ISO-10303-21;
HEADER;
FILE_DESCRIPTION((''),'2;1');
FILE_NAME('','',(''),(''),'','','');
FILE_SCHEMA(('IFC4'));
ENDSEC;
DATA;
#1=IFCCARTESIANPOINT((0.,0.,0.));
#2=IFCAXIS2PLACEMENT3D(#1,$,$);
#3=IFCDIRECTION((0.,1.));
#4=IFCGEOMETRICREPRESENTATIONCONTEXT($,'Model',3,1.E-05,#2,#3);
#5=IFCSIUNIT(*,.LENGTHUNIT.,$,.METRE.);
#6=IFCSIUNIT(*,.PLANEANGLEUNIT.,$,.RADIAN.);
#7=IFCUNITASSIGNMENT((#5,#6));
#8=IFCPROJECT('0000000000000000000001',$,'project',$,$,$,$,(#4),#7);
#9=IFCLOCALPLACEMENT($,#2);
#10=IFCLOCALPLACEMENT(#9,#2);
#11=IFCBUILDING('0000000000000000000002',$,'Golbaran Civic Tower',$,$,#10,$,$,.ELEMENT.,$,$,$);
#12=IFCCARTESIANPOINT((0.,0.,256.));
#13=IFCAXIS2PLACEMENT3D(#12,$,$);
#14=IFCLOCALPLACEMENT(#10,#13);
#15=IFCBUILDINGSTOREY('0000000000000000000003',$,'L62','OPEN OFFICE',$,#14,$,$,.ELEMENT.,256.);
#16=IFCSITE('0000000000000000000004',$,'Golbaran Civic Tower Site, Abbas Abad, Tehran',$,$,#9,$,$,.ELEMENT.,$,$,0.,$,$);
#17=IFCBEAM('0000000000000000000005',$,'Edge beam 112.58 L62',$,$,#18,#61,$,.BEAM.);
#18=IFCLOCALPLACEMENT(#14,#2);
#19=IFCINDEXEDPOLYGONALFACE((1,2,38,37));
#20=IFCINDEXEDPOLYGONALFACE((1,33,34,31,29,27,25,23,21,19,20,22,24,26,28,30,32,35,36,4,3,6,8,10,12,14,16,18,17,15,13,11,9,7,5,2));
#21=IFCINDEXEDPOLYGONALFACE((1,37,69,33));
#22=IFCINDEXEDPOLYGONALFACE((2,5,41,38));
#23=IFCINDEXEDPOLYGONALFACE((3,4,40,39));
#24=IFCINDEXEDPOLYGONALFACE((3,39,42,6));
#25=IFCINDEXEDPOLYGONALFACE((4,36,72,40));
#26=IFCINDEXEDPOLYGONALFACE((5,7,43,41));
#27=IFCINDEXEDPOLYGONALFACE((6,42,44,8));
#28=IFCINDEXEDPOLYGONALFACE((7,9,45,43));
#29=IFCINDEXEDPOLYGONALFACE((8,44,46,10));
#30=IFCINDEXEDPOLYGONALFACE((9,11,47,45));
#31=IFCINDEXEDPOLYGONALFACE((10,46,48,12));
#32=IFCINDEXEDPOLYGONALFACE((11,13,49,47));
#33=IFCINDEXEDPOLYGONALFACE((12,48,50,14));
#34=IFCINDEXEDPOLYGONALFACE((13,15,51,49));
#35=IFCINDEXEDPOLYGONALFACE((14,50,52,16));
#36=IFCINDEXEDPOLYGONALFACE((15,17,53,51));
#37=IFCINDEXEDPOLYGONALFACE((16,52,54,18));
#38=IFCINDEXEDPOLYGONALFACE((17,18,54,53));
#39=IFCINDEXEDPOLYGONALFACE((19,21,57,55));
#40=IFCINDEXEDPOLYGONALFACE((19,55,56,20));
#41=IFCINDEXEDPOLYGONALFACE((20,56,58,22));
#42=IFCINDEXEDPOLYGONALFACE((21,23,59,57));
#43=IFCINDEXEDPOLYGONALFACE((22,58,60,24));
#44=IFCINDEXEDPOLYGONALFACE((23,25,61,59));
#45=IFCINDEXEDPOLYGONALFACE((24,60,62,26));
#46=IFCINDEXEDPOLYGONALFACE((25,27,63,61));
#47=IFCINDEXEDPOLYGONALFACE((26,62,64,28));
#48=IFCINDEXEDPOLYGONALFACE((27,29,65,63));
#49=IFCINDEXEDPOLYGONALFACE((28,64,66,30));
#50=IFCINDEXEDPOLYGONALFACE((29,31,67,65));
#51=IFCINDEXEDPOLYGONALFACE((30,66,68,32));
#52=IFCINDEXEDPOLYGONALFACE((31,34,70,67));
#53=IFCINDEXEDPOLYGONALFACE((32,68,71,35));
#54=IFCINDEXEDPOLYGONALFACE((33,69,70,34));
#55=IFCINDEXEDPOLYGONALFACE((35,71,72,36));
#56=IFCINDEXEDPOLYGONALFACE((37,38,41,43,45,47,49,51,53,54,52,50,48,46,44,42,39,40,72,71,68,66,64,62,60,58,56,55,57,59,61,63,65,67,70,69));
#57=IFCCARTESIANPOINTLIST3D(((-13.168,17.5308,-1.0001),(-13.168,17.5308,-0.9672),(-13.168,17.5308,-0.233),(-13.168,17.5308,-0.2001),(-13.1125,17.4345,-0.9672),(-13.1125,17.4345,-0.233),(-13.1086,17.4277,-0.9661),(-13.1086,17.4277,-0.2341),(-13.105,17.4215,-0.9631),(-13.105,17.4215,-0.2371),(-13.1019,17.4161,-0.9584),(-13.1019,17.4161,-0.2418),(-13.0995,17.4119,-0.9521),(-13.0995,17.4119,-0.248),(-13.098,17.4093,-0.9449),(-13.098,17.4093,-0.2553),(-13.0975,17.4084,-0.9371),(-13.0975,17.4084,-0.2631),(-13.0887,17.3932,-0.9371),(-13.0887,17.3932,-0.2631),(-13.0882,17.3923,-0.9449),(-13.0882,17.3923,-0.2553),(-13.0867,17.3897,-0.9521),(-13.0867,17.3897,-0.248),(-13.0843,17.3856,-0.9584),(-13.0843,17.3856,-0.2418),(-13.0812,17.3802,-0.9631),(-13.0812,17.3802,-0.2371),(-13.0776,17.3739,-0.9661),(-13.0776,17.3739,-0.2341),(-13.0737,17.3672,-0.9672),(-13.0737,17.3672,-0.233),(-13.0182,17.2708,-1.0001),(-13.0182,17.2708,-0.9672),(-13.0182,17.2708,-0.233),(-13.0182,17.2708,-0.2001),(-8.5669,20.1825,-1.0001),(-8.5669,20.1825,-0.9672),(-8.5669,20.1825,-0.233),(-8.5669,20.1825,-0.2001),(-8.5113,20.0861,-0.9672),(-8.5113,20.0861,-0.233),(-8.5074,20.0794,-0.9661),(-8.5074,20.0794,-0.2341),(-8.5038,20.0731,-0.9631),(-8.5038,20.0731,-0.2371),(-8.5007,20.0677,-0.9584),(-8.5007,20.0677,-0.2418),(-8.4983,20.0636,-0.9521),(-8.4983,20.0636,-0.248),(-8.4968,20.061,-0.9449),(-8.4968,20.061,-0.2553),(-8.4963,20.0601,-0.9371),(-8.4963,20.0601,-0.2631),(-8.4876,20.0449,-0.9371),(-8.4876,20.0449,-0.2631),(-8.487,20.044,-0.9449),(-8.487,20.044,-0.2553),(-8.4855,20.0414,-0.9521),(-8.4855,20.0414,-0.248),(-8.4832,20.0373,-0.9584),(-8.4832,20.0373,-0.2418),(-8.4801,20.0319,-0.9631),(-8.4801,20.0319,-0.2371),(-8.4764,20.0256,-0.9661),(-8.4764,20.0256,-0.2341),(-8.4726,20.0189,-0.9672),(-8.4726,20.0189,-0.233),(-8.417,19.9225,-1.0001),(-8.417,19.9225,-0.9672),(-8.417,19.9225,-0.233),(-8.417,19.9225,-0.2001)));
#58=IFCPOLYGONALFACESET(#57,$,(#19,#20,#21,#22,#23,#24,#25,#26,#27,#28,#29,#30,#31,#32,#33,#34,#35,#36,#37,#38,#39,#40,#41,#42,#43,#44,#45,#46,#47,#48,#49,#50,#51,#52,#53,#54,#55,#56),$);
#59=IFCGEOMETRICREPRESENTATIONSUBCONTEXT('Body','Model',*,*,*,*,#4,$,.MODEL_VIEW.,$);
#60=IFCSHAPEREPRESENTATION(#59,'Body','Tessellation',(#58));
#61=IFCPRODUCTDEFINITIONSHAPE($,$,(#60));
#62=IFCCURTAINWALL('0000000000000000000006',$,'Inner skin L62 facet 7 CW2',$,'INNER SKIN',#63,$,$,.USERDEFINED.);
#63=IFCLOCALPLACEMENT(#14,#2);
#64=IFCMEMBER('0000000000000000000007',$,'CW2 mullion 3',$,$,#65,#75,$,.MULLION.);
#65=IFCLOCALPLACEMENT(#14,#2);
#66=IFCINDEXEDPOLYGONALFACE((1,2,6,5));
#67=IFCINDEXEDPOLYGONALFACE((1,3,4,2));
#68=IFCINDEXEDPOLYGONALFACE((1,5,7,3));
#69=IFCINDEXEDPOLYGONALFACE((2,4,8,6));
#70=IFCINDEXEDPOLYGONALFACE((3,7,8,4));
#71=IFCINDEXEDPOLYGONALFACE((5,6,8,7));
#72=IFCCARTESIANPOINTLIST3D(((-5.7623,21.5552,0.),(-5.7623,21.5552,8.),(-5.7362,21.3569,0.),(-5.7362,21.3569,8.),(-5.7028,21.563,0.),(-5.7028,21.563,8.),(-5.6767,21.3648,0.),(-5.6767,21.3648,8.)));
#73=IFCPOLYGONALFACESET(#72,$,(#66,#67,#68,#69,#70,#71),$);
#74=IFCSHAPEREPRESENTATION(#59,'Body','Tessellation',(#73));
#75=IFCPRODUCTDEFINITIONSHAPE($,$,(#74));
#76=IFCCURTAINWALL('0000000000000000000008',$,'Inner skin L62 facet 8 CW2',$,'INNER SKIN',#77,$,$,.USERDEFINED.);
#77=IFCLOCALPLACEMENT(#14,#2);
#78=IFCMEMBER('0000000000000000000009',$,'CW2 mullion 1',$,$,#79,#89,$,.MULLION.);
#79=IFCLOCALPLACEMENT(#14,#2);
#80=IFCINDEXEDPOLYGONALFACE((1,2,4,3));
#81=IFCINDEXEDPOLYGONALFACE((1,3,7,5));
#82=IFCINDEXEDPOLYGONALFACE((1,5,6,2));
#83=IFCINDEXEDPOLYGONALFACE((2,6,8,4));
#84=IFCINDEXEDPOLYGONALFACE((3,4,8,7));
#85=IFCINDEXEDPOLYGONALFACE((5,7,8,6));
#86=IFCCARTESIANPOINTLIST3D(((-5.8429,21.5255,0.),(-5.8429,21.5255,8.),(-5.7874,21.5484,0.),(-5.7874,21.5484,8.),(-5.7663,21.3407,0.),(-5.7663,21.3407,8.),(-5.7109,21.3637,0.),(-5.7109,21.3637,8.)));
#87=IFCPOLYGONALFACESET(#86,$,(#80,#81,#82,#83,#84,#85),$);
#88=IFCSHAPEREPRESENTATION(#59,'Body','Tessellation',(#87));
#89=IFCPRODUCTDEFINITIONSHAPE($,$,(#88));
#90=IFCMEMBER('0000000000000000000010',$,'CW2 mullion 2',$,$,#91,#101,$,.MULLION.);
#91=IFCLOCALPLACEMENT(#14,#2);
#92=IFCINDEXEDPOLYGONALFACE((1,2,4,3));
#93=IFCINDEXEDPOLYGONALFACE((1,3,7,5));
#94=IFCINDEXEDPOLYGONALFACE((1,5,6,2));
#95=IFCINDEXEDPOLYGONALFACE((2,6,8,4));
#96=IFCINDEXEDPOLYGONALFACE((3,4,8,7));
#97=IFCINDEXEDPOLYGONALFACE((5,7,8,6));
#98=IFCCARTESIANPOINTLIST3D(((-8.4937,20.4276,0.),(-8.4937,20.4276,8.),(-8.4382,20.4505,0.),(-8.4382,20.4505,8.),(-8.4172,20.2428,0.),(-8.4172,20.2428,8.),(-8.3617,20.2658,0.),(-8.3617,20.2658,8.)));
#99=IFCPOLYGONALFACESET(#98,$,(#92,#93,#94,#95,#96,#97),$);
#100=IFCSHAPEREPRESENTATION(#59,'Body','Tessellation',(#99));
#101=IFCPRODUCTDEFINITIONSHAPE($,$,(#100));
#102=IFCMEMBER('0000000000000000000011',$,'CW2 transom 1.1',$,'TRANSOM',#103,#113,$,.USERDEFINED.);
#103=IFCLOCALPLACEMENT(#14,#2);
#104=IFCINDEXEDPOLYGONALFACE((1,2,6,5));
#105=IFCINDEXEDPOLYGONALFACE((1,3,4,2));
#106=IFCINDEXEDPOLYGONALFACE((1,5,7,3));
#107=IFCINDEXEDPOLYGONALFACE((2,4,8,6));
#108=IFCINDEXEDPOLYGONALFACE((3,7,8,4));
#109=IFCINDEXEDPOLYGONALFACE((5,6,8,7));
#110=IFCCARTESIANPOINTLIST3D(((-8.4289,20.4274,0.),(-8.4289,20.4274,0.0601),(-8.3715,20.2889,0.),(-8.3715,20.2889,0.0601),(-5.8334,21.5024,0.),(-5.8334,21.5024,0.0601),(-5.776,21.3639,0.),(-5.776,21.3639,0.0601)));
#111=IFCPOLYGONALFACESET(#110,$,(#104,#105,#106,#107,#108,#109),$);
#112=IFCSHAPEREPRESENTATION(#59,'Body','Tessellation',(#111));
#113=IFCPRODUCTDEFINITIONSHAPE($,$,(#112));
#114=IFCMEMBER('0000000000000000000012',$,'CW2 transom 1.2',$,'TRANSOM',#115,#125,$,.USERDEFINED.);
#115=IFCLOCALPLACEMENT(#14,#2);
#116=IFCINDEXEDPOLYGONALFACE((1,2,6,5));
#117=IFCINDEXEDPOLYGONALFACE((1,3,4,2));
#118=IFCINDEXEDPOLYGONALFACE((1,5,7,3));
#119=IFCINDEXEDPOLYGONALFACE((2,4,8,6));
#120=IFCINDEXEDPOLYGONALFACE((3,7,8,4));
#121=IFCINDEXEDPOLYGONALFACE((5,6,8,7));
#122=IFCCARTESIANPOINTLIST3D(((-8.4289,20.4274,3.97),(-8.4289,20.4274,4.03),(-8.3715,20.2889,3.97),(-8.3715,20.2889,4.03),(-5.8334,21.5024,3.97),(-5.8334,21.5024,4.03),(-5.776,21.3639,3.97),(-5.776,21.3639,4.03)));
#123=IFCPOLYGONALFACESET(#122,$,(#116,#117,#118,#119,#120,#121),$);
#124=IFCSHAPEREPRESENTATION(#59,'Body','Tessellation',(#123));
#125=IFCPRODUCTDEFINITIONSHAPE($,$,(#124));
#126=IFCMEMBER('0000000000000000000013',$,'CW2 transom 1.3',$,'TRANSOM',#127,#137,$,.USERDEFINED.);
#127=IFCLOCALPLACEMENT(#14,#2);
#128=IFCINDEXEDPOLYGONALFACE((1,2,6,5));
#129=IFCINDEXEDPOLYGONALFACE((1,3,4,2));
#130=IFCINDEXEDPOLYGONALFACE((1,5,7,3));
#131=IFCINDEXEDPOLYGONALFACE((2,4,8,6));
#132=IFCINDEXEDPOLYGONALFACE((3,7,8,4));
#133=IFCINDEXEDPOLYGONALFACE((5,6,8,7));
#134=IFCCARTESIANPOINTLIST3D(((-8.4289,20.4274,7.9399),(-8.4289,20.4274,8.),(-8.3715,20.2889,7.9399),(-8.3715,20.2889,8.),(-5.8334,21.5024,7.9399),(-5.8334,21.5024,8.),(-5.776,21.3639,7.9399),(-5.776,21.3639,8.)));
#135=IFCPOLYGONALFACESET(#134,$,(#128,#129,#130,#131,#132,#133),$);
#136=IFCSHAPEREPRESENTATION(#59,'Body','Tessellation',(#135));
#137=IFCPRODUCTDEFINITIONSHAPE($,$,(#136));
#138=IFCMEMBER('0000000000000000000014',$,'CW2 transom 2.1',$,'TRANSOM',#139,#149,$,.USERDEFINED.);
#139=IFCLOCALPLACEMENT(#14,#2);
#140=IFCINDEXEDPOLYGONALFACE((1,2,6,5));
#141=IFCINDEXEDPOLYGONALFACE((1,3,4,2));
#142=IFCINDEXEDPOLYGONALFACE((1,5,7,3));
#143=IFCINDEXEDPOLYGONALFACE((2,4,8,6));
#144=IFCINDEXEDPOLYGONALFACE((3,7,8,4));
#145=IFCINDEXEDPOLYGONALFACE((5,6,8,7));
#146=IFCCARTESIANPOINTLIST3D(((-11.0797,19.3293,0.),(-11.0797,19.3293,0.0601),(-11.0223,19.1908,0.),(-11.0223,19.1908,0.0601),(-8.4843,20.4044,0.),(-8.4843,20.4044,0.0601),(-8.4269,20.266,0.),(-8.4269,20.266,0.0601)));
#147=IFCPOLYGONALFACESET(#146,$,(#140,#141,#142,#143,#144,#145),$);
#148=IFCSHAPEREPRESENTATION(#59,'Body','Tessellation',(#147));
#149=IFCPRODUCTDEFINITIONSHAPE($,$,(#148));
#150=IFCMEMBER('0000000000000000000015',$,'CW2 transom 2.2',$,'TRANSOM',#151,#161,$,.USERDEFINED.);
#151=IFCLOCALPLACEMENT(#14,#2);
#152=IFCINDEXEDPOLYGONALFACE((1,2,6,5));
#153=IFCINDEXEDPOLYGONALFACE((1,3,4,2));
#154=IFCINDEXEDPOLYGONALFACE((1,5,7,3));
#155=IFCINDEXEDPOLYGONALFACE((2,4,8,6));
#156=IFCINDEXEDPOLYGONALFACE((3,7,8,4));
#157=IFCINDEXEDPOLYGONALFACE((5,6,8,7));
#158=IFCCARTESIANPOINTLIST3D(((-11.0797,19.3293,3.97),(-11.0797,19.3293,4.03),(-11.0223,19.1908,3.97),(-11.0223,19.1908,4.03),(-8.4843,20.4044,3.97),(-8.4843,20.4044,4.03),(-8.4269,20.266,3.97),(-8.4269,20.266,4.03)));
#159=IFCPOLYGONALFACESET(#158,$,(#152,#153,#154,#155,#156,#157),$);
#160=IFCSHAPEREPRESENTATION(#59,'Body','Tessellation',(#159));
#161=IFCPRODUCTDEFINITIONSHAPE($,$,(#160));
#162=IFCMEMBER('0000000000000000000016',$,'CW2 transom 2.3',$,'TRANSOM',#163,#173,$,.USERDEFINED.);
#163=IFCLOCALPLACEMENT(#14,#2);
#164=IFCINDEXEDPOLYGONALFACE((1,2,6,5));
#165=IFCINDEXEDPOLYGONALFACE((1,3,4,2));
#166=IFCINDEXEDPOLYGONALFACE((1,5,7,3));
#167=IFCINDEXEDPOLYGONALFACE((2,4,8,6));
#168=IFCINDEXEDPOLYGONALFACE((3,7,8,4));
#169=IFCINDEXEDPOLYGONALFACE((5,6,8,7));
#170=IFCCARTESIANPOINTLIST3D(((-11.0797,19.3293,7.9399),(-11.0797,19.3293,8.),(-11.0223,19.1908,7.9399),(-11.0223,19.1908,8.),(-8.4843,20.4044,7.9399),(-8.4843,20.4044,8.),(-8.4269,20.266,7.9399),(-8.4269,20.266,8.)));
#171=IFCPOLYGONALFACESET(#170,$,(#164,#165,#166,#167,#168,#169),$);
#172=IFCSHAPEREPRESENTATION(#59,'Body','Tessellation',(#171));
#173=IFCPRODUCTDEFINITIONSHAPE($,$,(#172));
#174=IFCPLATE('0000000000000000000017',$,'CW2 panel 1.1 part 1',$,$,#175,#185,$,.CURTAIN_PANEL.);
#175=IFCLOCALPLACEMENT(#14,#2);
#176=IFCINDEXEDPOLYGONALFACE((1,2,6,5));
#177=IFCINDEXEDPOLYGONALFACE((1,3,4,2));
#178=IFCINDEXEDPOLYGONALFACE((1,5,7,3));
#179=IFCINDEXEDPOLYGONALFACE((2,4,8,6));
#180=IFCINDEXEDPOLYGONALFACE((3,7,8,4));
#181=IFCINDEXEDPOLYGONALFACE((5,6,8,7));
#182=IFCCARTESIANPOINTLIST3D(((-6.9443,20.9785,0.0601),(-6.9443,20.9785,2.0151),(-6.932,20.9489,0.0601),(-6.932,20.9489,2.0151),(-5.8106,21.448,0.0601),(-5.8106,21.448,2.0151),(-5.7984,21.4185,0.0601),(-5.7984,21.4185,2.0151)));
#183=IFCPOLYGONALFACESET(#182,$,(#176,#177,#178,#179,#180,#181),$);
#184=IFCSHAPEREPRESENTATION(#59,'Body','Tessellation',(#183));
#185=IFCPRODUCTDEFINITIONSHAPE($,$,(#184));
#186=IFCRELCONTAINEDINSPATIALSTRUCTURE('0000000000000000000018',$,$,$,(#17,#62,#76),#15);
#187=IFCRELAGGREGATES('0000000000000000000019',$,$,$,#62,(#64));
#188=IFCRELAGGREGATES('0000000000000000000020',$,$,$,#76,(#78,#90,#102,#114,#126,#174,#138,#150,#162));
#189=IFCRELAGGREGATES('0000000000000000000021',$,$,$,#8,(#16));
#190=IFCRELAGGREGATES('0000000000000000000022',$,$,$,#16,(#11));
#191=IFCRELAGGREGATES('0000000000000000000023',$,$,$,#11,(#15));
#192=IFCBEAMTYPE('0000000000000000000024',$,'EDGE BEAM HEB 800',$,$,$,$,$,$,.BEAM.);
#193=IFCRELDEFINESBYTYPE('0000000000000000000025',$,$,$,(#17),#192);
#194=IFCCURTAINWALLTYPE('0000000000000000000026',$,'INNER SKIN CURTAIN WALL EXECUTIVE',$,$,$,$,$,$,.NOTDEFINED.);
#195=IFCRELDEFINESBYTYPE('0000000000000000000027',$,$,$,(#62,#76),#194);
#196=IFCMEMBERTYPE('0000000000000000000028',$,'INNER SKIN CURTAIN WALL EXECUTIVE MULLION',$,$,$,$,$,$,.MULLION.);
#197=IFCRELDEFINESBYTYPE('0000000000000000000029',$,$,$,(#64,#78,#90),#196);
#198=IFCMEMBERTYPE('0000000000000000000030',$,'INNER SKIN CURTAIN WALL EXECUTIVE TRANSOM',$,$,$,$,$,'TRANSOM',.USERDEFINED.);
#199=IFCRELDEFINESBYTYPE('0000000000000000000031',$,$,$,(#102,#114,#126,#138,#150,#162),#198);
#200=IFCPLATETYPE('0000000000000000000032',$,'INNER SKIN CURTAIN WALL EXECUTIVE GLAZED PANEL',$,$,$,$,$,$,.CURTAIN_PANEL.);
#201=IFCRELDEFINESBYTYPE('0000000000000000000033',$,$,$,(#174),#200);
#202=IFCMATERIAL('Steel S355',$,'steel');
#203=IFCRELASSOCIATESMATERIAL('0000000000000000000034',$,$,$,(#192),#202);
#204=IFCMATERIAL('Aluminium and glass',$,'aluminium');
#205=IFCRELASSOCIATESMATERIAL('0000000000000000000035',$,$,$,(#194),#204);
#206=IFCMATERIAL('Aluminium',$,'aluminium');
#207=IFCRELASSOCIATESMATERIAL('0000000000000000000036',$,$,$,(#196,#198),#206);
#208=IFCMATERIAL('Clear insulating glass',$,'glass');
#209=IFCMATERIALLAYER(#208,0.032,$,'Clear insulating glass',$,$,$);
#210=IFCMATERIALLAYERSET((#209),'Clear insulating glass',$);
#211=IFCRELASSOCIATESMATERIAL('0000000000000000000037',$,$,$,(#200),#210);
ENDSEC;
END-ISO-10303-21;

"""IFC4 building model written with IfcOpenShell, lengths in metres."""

from ifc_helpers import new_model, si_unit, direction, frame, origin, origin_2d, place, context, subcontext, project, spatial, rectangle, i_section, extrude, material, layer, layer_set, material_profile, profile_set, type_object, element, aggregate, save


model = new_model("IFC4")

# Units and contexts
model_context = context("Model", 3, precision=1e-05, world=origin(), true_north=direction((0.0, 1.0)))
body_context = subcontext(model_context, "Body", "Model", "MODEL_VIEW")
ifc_project = project(units=[si_unit("LENGTHUNIT", "METRE"), si_unit("PLANEANGLEUNIT", "RADIAN")], contexts=[model_context])

# Site, building, storey
site_placement = place(None, origin())
site = spatial("IfcSite", under=ifc_project, at=site_placement, Name="Golbaran Civic Tower Site, Abbas Abad, Tehran", CompositionType="ELEMENT", RefElevation=0.0)
building_placement = place(site_placement, origin())
building = spatial("IfcBuilding", under=site, at=building_placement, Name="Golbaran Civic Tower", CompositionType="ELEMENT")
storey_placement = place(building_placement, frame((0.0, 0.0, 256.0)))
storey = spatial("IfcBuildingStorey", under=building, at=storey_placement, Name="L62", Description="OPEN OFFICE", CompositionType="ELEMENT", Elevation=256.0)

# Beam
ifc_material_1 = material(Name="Steel S355", Category="steel")
ifc_material_profile_1 = material_profile(ifc_material_1, i_section(OverallWidth=0.3, OverallDepth=0.8, WebThickness=0.0176, FlangeThickness=0.033, FilletRadius=0.03, at=origin_2d()), Name="HEB 800")
ifc_profile_set_1 = profile_set([ifc_material_profile_1], Name="Steel S355")
beam_type = type_object("IfcBeamType", Name="EDGE BEAM HEB 800", PredefinedType="BEAM", material=ifc_profile_set_1)
beam_placement = place(storey_placement, frame((-8.4919, 20.0525, -0.6001), z_axis=(-0.866418, -0.499319, 0.0), x_axis=(0.499319, -0.866418, 0.0)))
element("IfcBeam", 1, at=beam_placement, inside=storey, type_object=beam_type, Name="Edge beam 112.58 L62", PredefinedType="BEAM", context=body_context, shape_type="SweptSolid", body=[
    extrude(i_section(OverallWidth=0.3, OverallDepth=0.8, WebThickness=0.0176, FlangeThickness=0.033, FilletRadius=0.03, at=origin_2d()), origin(), (0.0, 0.0, 1.0), 5.3105),
])

# Curtain wall, member
ifc_material_2 = material(Name="Aluminium and glass", Category="aluminium")
curtain_wall_type = type_object("IfcCurtainWallType", Name="INNER SKIN CURTAIN WALL EXECUTIVE", PredefinedType="NOTDEFINED", material=ifc_material_2)
curtain_wall_1_placement = place(storey_placement, origin())
curtain_wall_1 = element("IfcCurtainWall", 2, at=curtain_wall_1_placement, inside=storey, type_object=curtain_wall_type, Name="Inner skin L62 facet 7 CW2", ObjectType="INNER SKIN", PredefinedType="USERDEFINED")
ifc_material_3 = material(Name="Aluminium", Category="aluminium")
ifc_material_profile_2 = material_profile(ifc_material_3, rectangle(XDim=0.2, YDim=0.0601, at=origin_2d()), Name="INNER SKIN CURTAIN WALL EXECUTIVE MULLION")
ifc_profile_set_2 = profile_set([ifc_material_profile_2], Name="Aluminium")
member_type_1 = type_object("IfcMemberType", Name="INNER SKIN CURTAIN WALL EXECUTIVE MULLION", PredefinedType="MULLION", material=ifc_profile_set_2)
member_1_placement = place(storey_placement, frame((-5.7195, 21.46, 0.0), z_axis=(0.0, 0.0, 1.0), x_axis=(0.130526, -0.991445, 0.0)))
member_1 = element("IfcMember", 3, at=member_1_placement, type_object=member_type_1, Name="CW2 mullion 3", PredefinedType="MULLION", context=body_context, shape_type="SweptSolid", body=[
    extrude(rectangle(XDim=0.2, YDim=0.0601, at=origin_2d()), origin(), (0.0, 0.0, 1.0), 8.0),
])
aggregate(curtain_wall_1, [member_1])

# Curtain wall, members, plate
curtain_wall_2_placement = place(storey_placement, origin())
curtain_wall_2 = element("IfcCurtainWall", 4, at=curtain_wall_2_placement, inside=storey, type_object=curtain_wall_type, Name="Inner skin L62 facet 8 CW2", ObjectType="INNER SKIN", PredefinedType="USERDEFINED")
member_2_placement = place(storey_placement, frame((-5.7769, 21.4446, 0.0), z_axis=(0.0, 0.0, 1.0), x_axis=(0.382683, -0.92388, 0.0)))
member_2 = element("IfcMember", 5, at=member_2_placement, type_object=member_type_1, Name="CW2 mullion 1", PredefinedType="MULLION", context=body_context, shape_type="SweptSolid", body=[
    extrude(rectangle(XDim=0.2, YDim=0.0601, at=origin_2d()), origin(), (0.0, 0.0, 1.0), 8.0),
])
member_3_placement = place(storey_placement, frame((-8.4277, 20.3467, 0.0), z_axis=(0.0, 0.0, 1.0), x_axis=(0.382683, -0.92388, 0.0)))
member_3 = element("IfcMember", 6, at=member_3_placement, type_object=member_type_1, Name="CW2 mullion 2", PredefinedType="MULLION", context=body_context, shape_type="SweptSolid", body=[
    extrude(rectangle(XDim=0.2, YDim=0.0601, at=origin_2d()), origin(), (0.0, 0.0, 1.0), 8.0),
])
ifc_material_profile_3 = material_profile(ifc_material_3, rectangle(XDim=0.1499, YDim=0.0601, at=origin_2d()), Name="INNER SKIN CURTAIN WALL EXECUTIVE TRANSOM")
ifc_profile_set_3 = profile_set([ifc_material_profile_3], Name="Aluminium")
member_type_2 = type_object("IfcMemberType", Name="INNER SKIN CURTAIN WALL EXECUTIVE TRANSOM", ElementType="TRANSOM", PredefinedType="USERDEFINED", material=ifc_profile_set_3)
member_4_placement = place(storey_placement, frame((-5.8047, 21.4331, 0.03), z_axis=(-0.923895, -0.382646, 0.0), x_axis=(0.382646, -0.923895, 0.0)))
member_4 = element("IfcMember", 7, at=member_4_placement, type_object=member_type_2, Name="CW2 transom 1.1", ObjectType="TRANSOM", PredefinedType="USERDEFINED", context=body_context, shape_type="SweptSolid", body=[
    extrude(rectangle(XDim=0.1499, YDim=0.0601, at=origin_2d()), origin(), (0.0, 0.0, 1.0), 2.8093),
])
member_5_placement = place(storey_placement, frame((-5.8047, 21.4331, 4.0), z_axis=(-0.923895, -0.382646, 0.0), x_axis=(0.382646, -0.923895, 0.0)))
member_5 = element("IfcMember", 8, at=member_5_placement, type_object=member_type_2, Name="CW2 transom 1.2", ObjectType="TRANSOM", PredefinedType="USERDEFINED", context=body_context, shape_type="SweptSolid", body=[
    extrude(rectangle(XDim=0.1499, YDim=0.0601, at=origin_2d()), origin(), (0.0, 0.0, 1.0), 2.8093),
])
member_6_placement = place(storey_placement, frame((-5.8047, 21.4331, 7.97), z_axis=(-0.923895, -0.382646, 0.0), x_axis=(0.382646, -0.923895, 0.0)))
member_6 = element("IfcMember", 9, at=member_6_placement, type_object=member_type_2, Name="CW2 transom 1.3", ObjectType="TRANSOM", PredefinedType="USERDEFINED", context=body_context, shape_type="SweptSolid", body=[
    extrude(rectangle(XDim=0.1499, YDim=0.0601, at=origin_2d()), origin(), (0.0, 0.0, 1.0), 2.8093),
])
member_7_placement = place(storey_placement, frame((-8.4556, 20.3352, 0.03), z_axis=(-0.923864, -0.38272, 0.0), x_axis=(0.38272, -0.923864, 0.0)))
member_7 = element("IfcMember", 10, at=member_7_placement, type_object=member_type_2, Name="CW2 transom 2.1", ObjectType="TRANSOM", PredefinedType="USERDEFINED", context=body_context, shape_type="SweptSolid", body=[
    extrude(rectangle(XDim=0.1499, YDim=0.0601, at=origin_2d()), origin(), (0.0, 0.0, 1.0), 2.8093),
])
member_8_placement = place(storey_placement, frame((-8.4556, 20.3352, 4.0), z_axis=(-0.923864, -0.38272, 0.0), x_axis=(0.38272, -0.923864, 0.0)))
member_8 = element("IfcMember", 11, at=member_8_placement, type_object=member_type_2, Name="CW2 transom 2.2", ObjectType="TRANSOM", PredefinedType="USERDEFINED", context=body_context, shape_type="SweptSolid", body=[
    extrude(rectangle(XDim=0.1499, YDim=0.0601, at=origin_2d()), origin(), (0.0, 0.0, 1.0), 2.8093),
])
member_9_placement = place(storey_placement, frame((-8.4556, 20.3352, 7.97), z_axis=(-0.923864, -0.38272, 0.0), x_axis=(0.38272, -0.923864, 0.0)))
member_9 = element("IfcMember", 12, at=member_9_placement, type_object=member_type_2, Name="CW2 transom 2.3", ObjectType="TRANSOM", PredefinedType="USERDEFINED", context=body_context, shape_type="SweptSolid", body=[
    extrude(rectangle(XDim=0.1499, YDim=0.0601, at=origin_2d()), origin(), (0.0, 0.0, 1.0), 2.8093),
])
ifc_material_4 = material(Name="Clear insulating glass", Category="glass")
ifc_layer_1 = layer(ifc_material_4, 0.032, Name="Clear insulating glass")
ifc_layer_set_1 = layer_set([ifc_layer_1], Name="Clear insulating glass")
plate_type_1 = type_object("IfcPlateType", Name="INNER SKIN CURTAIN WALL EXECUTIVE GLAZED PANEL", PredefinedType="CURTAIN_PANEL", material=ifc_layer_set_1)
plate_1_placement = place(storey_placement, frame((-6.3713, 21.1985, 0.0601), z_axis=(0.0, 0.0, 1.0), x_axis=(-0.92388, -0.382683, 0.0)))
plate_1 = element("IfcPlate", 13, at=plate_1_placement, type_object=plate_type_1, Name="CW2 panel 1.1 part 1", PredefinedType="CURTAIN_PANEL", context=body_context, shape_type="SweptSolid", body=[
    extrude(rectangle(XDim=1.2271, YDim=0.032, at=origin_2d()), origin(), (0.0, 0.0, 1.0), 1.9551),
])
aggregate(curtain_wall_2, [member_2, member_3, member_4, member_5, member_6, plate_1, member_7, member_8, member_9])

save(model, "model.ifc")
